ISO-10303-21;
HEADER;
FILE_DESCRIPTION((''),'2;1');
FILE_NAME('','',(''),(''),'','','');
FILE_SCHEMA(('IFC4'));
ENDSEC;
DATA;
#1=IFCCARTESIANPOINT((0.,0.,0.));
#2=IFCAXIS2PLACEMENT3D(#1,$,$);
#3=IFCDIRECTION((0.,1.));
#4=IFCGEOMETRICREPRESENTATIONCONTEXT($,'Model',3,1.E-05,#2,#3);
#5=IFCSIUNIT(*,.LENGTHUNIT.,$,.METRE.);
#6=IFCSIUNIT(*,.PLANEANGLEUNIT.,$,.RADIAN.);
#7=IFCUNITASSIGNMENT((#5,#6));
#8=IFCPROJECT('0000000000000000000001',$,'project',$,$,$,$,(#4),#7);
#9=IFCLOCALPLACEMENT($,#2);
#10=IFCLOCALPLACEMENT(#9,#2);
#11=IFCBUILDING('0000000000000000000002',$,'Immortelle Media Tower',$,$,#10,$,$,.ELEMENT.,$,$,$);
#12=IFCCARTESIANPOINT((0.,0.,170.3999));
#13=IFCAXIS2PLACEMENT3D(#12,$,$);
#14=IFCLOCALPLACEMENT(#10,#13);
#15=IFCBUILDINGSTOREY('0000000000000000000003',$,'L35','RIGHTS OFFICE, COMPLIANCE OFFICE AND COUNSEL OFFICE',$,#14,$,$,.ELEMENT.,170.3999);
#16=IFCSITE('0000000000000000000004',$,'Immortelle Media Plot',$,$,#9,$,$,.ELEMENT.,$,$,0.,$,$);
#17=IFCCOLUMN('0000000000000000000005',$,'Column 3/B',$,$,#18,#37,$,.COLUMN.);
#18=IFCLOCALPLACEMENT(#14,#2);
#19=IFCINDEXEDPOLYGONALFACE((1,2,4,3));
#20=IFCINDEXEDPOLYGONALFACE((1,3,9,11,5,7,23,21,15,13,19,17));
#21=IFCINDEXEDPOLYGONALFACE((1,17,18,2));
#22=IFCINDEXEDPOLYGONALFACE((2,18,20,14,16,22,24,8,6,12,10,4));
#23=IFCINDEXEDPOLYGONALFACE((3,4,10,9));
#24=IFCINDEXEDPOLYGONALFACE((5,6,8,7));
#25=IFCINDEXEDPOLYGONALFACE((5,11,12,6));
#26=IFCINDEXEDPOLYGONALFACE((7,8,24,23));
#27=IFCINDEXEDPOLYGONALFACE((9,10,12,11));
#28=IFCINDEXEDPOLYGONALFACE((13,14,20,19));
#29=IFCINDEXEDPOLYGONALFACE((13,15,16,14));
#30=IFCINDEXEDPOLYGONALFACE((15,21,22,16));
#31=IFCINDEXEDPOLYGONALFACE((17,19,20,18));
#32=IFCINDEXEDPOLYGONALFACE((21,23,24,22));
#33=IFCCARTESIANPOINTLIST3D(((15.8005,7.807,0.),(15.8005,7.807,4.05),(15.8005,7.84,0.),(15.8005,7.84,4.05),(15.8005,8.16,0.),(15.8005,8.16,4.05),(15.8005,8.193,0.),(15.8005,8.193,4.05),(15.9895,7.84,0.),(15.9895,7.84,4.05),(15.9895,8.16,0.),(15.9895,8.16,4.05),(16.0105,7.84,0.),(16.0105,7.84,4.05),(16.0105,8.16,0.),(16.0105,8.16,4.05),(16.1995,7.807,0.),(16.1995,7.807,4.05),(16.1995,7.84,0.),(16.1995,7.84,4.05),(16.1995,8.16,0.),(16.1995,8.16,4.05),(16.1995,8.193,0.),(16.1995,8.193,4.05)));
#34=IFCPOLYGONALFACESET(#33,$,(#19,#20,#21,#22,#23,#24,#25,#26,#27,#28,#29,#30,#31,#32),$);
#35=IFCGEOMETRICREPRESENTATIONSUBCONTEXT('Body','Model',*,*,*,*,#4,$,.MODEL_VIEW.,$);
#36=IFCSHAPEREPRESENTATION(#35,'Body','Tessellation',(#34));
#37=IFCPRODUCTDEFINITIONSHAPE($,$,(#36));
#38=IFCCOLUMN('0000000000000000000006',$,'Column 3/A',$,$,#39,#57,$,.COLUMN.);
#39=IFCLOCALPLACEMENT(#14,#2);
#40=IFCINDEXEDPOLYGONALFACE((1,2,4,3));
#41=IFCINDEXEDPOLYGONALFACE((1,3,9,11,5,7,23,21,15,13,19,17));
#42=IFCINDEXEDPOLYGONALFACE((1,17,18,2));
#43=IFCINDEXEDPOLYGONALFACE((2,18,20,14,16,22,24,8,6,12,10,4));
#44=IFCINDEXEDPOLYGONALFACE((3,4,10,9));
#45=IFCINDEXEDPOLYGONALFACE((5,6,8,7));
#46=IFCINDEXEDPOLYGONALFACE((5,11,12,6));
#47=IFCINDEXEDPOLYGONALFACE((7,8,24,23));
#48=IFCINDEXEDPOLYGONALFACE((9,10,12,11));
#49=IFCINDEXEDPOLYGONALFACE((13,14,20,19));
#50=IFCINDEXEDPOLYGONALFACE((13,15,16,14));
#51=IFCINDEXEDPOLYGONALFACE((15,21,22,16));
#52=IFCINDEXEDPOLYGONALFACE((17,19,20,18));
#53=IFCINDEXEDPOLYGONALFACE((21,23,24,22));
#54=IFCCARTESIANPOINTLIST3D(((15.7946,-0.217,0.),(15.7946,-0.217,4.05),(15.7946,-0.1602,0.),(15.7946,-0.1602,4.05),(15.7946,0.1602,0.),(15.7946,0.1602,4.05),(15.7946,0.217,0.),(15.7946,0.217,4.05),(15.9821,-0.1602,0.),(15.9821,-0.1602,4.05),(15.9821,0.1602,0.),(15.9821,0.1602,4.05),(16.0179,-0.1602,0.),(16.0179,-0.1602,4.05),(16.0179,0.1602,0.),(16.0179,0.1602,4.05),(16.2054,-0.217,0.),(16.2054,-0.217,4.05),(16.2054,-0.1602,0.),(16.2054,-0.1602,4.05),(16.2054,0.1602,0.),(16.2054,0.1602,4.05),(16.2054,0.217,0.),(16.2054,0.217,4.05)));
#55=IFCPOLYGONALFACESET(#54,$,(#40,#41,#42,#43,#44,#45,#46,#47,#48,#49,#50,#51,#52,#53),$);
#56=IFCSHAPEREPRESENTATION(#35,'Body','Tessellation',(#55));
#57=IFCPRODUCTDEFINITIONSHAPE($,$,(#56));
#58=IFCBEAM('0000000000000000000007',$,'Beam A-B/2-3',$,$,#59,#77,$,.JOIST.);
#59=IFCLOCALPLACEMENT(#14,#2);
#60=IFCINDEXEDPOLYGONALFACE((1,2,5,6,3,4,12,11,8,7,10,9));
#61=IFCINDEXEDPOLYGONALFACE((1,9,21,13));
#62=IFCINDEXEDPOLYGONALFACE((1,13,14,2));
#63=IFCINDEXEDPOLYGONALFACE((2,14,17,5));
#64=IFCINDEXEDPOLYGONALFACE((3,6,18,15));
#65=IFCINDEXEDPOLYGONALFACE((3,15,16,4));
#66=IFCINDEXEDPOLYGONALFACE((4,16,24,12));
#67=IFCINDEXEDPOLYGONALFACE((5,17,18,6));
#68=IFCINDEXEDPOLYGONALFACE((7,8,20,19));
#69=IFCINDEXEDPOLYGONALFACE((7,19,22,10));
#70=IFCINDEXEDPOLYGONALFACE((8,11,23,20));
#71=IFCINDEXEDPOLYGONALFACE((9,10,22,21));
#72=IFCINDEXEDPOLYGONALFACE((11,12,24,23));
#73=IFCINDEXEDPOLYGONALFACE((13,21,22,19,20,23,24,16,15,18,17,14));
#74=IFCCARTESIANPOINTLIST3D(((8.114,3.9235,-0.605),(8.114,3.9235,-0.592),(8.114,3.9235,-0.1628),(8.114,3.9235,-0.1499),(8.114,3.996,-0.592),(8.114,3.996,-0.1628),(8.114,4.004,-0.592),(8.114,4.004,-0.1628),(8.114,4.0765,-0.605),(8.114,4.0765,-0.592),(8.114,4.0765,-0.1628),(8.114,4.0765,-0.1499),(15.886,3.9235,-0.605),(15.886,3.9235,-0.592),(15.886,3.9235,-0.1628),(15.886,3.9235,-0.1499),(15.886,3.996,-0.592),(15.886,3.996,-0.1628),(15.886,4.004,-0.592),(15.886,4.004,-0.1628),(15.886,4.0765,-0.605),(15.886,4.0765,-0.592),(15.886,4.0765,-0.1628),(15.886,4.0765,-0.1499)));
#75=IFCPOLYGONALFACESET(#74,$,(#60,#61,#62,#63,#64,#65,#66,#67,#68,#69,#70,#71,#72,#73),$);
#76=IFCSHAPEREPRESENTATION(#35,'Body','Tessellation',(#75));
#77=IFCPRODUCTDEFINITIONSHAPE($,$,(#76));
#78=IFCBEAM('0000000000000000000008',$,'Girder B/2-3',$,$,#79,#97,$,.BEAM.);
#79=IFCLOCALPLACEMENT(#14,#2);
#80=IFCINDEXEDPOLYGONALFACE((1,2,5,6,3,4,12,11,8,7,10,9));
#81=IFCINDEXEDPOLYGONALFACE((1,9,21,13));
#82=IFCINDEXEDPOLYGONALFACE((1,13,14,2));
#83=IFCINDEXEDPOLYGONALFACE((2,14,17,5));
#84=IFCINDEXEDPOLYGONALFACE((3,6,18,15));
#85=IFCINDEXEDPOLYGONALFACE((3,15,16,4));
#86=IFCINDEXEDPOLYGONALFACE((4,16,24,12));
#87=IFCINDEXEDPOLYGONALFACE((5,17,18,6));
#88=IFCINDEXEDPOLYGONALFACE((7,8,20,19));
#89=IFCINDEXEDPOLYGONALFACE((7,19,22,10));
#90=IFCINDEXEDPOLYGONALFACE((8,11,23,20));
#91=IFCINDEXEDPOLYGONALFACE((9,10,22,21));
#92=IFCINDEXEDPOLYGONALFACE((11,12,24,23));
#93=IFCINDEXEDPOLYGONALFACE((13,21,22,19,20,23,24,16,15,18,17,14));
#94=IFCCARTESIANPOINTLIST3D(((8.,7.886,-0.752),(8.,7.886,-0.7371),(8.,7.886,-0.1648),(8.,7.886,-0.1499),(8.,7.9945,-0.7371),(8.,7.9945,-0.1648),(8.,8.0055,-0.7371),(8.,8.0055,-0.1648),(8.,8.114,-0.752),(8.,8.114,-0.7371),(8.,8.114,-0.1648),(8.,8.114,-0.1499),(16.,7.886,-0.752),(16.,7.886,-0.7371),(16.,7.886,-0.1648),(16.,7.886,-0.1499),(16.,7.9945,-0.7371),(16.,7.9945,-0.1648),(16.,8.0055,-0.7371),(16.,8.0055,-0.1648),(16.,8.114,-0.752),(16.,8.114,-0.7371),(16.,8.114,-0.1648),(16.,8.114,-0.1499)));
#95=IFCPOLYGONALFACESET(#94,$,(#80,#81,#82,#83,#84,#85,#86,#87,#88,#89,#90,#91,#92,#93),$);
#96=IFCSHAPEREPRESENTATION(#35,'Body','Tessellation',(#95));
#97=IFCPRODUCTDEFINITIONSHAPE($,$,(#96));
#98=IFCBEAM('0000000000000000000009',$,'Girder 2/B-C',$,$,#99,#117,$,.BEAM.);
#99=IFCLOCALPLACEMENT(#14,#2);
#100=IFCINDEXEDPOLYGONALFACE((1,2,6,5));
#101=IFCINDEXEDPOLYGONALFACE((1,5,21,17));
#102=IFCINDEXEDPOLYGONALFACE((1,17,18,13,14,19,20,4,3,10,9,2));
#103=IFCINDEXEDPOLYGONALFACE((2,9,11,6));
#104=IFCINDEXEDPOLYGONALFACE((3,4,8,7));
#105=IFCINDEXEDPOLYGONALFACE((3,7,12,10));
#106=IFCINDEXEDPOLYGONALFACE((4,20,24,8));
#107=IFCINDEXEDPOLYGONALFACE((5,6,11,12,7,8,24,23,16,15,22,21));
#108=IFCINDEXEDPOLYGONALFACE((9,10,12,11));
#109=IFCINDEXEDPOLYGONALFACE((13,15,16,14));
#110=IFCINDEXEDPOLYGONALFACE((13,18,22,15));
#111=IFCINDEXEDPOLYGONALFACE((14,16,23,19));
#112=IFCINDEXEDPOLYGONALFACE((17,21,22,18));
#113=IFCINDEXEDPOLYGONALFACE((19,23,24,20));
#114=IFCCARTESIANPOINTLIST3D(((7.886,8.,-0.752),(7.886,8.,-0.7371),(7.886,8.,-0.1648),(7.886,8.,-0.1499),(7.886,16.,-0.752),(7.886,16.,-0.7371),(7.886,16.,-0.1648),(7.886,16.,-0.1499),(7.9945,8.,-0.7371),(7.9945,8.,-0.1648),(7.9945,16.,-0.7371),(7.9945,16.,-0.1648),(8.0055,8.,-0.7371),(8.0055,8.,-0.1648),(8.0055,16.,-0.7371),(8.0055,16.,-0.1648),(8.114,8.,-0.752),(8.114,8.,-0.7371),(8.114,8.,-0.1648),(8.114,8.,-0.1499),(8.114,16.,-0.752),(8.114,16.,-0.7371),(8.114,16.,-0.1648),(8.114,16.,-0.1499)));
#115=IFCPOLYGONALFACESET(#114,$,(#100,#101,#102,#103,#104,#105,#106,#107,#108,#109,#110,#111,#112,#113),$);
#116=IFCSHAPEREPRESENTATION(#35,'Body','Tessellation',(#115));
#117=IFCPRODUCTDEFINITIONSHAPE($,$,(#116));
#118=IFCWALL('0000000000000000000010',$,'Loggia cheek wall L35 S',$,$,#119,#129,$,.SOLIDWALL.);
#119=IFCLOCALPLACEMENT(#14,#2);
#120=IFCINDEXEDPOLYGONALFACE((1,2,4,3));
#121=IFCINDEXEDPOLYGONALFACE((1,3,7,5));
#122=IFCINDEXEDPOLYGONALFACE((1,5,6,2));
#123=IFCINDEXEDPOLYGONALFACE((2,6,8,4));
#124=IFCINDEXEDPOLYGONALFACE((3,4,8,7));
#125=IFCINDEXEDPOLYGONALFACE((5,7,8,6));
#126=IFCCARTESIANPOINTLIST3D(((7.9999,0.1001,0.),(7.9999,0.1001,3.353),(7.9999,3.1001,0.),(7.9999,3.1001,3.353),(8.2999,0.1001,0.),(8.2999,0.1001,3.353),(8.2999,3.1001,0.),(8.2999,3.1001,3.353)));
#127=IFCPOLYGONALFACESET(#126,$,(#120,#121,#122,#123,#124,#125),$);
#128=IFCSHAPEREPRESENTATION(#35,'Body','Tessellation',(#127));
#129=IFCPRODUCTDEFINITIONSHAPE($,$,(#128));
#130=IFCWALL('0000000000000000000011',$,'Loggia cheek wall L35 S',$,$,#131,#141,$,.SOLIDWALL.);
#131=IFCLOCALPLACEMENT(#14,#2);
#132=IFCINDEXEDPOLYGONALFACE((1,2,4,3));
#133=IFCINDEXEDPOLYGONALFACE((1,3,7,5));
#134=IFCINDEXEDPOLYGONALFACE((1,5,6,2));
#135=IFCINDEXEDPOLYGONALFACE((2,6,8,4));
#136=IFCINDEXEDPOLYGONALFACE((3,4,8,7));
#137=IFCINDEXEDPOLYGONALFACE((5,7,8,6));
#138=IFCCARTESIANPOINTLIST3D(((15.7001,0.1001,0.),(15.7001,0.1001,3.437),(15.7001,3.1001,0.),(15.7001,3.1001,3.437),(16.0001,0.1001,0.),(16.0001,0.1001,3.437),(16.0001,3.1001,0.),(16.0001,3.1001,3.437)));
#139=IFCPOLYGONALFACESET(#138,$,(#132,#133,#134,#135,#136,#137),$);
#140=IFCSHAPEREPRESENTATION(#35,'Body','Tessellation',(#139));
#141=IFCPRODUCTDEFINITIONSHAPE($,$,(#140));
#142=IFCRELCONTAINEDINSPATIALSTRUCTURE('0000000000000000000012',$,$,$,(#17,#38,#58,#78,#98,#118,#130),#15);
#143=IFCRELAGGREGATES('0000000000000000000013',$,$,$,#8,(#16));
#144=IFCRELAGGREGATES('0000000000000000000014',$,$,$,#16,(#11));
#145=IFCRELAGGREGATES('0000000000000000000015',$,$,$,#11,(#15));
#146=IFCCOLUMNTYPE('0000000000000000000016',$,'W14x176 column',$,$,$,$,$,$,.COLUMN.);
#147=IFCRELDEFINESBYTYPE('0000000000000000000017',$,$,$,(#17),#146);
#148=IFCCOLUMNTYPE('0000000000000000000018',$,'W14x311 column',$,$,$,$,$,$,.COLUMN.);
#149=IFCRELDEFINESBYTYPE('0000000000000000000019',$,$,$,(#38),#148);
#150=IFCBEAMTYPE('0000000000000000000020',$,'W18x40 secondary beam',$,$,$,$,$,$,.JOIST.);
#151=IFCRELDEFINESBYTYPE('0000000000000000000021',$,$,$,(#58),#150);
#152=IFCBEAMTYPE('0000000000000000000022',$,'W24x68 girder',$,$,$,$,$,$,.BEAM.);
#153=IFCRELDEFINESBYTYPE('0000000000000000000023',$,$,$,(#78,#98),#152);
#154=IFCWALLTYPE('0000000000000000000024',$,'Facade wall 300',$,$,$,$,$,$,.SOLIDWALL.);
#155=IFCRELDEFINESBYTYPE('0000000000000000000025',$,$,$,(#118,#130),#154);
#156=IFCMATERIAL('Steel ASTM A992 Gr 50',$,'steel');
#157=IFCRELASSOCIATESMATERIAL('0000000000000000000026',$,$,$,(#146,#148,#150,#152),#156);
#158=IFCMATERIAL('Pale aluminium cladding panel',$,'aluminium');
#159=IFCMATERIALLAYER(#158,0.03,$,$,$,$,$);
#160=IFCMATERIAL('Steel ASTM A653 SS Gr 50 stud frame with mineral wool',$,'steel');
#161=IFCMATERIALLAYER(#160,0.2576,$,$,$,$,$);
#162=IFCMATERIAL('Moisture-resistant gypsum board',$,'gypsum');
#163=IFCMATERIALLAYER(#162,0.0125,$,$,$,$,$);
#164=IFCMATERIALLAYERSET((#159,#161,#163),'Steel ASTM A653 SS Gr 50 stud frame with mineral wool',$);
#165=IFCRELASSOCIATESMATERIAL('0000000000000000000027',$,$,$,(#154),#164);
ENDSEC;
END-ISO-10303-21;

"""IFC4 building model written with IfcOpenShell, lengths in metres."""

from ifc_helpers import new_model, si_unit, direction, frame, frame_2d, origin, origin_2d, place, context, subcontext, project, spatial, rectangle, i_section, extrude, material, layer, layer_set, material_profile, profile_set, type_object, element, save


model = new_model("IFC4")

# Units and contexts
model_context = context("Model", 3, precision=1e-05, world=origin(), true_north=direction((0.0, 1.0)))
body_context = subcontext(model_context, "Body", "Model", "MODEL_VIEW")
ifc_project = project(units=[si_unit("LENGTHUNIT", "METRE"), si_unit("PLANEANGLEUNIT", "RADIAN")], contexts=[model_context])

# Site, building, storey
site_placement = place(None, origin())
site = spatial("IfcSite", under=ifc_project, at=site_placement, Name="Immortelle Media Plot", CompositionType="ELEMENT", RefElevation=0.0)
building_placement = place(site_placement, origin())
building = spatial("IfcBuilding", under=site, at=building_placement, Name="Immortelle Media Tower", CompositionType="ELEMENT")
storey_placement = place(building_placement, frame((0.0, 0.0, 170.3999)))
storey = spatial("IfcBuildingStorey", under=building, at=storey_placement, Name="L35", Description="RIGHTS OFFICE, COMPLIANCE OFFICE AND COUNSEL OFFICE", CompositionType="ELEMENT", Elevation=170.3999)

# Columns
ifc_material_1 = material(Name="Steel ASTM A992 Gr 50", Category="steel")
ifc_material_profile_1 = material_profile(ifc_material_1, i_section(OverallWidth=0.3989, OverallDepth=0.386, WebThickness=0.021, FlangeThickness=0.033, at=origin_2d()), Name="W14x176")
ifc_profile_set_1 = profile_set([ifc_material_profile_1], Name="Steel ASTM A992 Gr 50")
column_type_1 = type_object("IfcColumnType", Name="W14x176 column", PredefinedType="COLUMN", material=ifc_profile_set_1)
column_1_placement = place(storey_placement, frame((16.0, 8.0, 0.0), z_axis=(0.0, 0.0, 1.0), x_axis=(1.0, 0.0, 0.0)))
element("IfcColumn", 1, at=column_1_placement, inside=storey, type_object=column_type_1, Name="Column 3/B", PredefinedType="COLUMN", context=body_context, shape_type="SweptSolid", body=[
    extrude(i_section(OverallWidth=0.3989, OverallDepth=0.386, WebThickness=0.021, FlangeThickness=0.033, at=origin_2d()), origin(), (0.0, 0.0, 1.0), 4.05),
])
ifc_material_profile_2 = material_profile(ifc_material_1, i_section(OverallWidth=0.4109, OverallDepth=0.4341, WebThickness=0.0359, FlangeThickness=0.0569, at=origin_2d()), Name="W14x311")
ifc_profile_set_2 = profile_set([ifc_material_profile_2], Name="Steel ASTM A992 Gr 50")
column_type_2 = type_object("IfcColumnType", Name="W14x311 column", PredefinedType="COLUMN", material=ifc_profile_set_2)
column_2_placement = place(storey_placement, frame((16.0, 0.0, 0.0), z_axis=(0.0, 0.0, 1.0), x_axis=(1.0, 0.0, 0.0)))
element("IfcColumn", 2, at=column_2_placement, inside=storey, type_object=column_type_2, Name="Column 3/A", PredefinedType="COLUMN", context=body_context, shape_type="SweptSolid", body=[
    extrude(i_section(OverallWidth=0.4109, OverallDepth=0.4341, WebThickness=0.0359, FlangeThickness=0.0569, at=origin_2d()), origin(), (0.0, 0.0, 1.0), 4.05),
])

# Beams
ifc_material_profile_3 = material_profile(ifc_material_1, i_section(OverallWidth=0.1531, OverallDepth=0.4551, WebThickness=0.0081, FlangeThickness=0.0129, at=origin_2d()), Name="W18x40")
ifc_profile_set_3 = profile_set([ifc_material_profile_3], Name="Steel ASTM A992 Gr 50")
beam_type_1 = type_object("IfcBeamType", Name="W18x40 secondary beam", PredefinedType="JOIST", material=ifc_profile_set_3)
beam_placement = place(storey_placement, frame((8.114, 4.0, -0.3774), z_axis=(1.0, 0.0, 0.0), x_axis=(0.0, 1.0, 0.0)))
element("IfcBeam", 3, at=beam_placement, inside=storey, type_object=beam_type_1, Name="Beam A-B/2-3", PredefinedType="JOIST", context=body_context, shape_type="SweptSolid", body=[
    extrude(i_section(OverallWidth=0.1531, OverallDepth=0.4551, WebThickness=0.0081, FlangeThickness=0.0129, at=origin_2d()), origin(), (0.0, 0.0, 1.0), 7.772),
])
ifc_material_profile_4 = material_profile(ifc_material_1, i_section(OverallWidth=0.228, OverallDepth=0.6021, WebThickness=0.011, FlangeThickness=0.0149, at=origin_2d()), Name="W24x68")
ifc_profile_set_4 = profile_set([ifc_material_profile_4], Name="Steel ASTM A992 Gr 50")
beam_type_2 = type_object("IfcBeamType", Name="W24x68 girder", PredefinedType="BEAM", material=ifc_profile_set_4)
for number, where, z_axis, x_axis, name in (
    (4, (8.0, 8.0, -0.4509), (1.0, 0.0, 0.0), (0.0, 1.0, 0.0), "Girder B/2-3"),
    (5, (8.0, 8.0, -0.4509), (0.0, 1.0, 0.0), (-1.0, 0.0, 0.0), "Girder 2/B-C"),
):
    element("IfcBeam", number, at=place(storey_placement, frame(where, z_axis=z_axis, x_axis=x_axis)), inside=storey, type_object=beam_type_2, Name=name, PredefinedType="BEAM", context=body_context, shape_type="SweptSolid", body=[
        extrude(i_section(OverallWidth=0.228, OverallDepth=0.6021, WebThickness=0.011, FlangeThickness=0.0149, at=origin_2d()), origin(), (0.0, 0.0, 1.0), 8.0),
    ])

# Shared definitions
ifc_material_2 = material(Name="Pale aluminium cladding panel", Category="aluminium")
ifc_layer_1 = layer(ifc_material_2, 0.03)
ifc_material_3 = material(Name="Steel ASTM A653 SS Gr 50 stud frame with mineral wool", Category="steel")
ifc_layer_2 = layer(ifc_material_3, 0.2576)
ifc_material_4 = material(Name="Moisture-resistant gypsum board", Category="gypsum")
ifc_layer_3 = layer(ifc_material_4, 0.0125)
ifc_layer_set_1 = layer_set([ifc_layer_1, ifc_layer_2, ifc_layer_3], Name="Steel ASTM A653 SS Gr 50 stud frame with mineral wool")
wall_type_1 = type_object("IfcWallType", Name="Facade wall 300", PredefinedType="SOLIDWALL", material=ifc_layer_set_1)

# Walls
wall_1_placement = place(storey_placement, frame((8.1499, 0.1001, 0.0), z_axis=(0.0, 0.0, 1.0), x_axis=(0.0, 1.0, 0.0)))
element("IfcWall", 6, at=wall_1_placement, inside=storey, type_object=wall_type_1, Name="Loggia cheek wall L35 S", PredefinedType="SOLIDWALL", context=body_context, shape_type="SweptSolid", body=[
    extrude(rectangle(XDim=3.0, YDim=0.3, at=frame_2d((1.5, 0.0))), origin(), (0.0, 0.0, 1.0), 3.353),
])
wall_2_placement = place(storey_placement, frame((15.8501, 0.1001, 0.0), z_axis=(0.0, 0.0, 1.0), x_axis=(0.0, 1.0, 0.0)))
element("IfcWall", 7, at=wall_2_placement, inside=storey, type_object=wall_type_1, Name="Loggia cheek wall L35 S", PredefinedType="SOLIDWALL", context=body_context, shape_type="SweptSolid", body=[
    extrude(rectangle(XDim=3.0, YDim=0.3, at=frame_2d((1.5, 0.0))), origin(), (0.0, 0.0, 1.0), 3.437),
])

save(model, "model.ifc")
